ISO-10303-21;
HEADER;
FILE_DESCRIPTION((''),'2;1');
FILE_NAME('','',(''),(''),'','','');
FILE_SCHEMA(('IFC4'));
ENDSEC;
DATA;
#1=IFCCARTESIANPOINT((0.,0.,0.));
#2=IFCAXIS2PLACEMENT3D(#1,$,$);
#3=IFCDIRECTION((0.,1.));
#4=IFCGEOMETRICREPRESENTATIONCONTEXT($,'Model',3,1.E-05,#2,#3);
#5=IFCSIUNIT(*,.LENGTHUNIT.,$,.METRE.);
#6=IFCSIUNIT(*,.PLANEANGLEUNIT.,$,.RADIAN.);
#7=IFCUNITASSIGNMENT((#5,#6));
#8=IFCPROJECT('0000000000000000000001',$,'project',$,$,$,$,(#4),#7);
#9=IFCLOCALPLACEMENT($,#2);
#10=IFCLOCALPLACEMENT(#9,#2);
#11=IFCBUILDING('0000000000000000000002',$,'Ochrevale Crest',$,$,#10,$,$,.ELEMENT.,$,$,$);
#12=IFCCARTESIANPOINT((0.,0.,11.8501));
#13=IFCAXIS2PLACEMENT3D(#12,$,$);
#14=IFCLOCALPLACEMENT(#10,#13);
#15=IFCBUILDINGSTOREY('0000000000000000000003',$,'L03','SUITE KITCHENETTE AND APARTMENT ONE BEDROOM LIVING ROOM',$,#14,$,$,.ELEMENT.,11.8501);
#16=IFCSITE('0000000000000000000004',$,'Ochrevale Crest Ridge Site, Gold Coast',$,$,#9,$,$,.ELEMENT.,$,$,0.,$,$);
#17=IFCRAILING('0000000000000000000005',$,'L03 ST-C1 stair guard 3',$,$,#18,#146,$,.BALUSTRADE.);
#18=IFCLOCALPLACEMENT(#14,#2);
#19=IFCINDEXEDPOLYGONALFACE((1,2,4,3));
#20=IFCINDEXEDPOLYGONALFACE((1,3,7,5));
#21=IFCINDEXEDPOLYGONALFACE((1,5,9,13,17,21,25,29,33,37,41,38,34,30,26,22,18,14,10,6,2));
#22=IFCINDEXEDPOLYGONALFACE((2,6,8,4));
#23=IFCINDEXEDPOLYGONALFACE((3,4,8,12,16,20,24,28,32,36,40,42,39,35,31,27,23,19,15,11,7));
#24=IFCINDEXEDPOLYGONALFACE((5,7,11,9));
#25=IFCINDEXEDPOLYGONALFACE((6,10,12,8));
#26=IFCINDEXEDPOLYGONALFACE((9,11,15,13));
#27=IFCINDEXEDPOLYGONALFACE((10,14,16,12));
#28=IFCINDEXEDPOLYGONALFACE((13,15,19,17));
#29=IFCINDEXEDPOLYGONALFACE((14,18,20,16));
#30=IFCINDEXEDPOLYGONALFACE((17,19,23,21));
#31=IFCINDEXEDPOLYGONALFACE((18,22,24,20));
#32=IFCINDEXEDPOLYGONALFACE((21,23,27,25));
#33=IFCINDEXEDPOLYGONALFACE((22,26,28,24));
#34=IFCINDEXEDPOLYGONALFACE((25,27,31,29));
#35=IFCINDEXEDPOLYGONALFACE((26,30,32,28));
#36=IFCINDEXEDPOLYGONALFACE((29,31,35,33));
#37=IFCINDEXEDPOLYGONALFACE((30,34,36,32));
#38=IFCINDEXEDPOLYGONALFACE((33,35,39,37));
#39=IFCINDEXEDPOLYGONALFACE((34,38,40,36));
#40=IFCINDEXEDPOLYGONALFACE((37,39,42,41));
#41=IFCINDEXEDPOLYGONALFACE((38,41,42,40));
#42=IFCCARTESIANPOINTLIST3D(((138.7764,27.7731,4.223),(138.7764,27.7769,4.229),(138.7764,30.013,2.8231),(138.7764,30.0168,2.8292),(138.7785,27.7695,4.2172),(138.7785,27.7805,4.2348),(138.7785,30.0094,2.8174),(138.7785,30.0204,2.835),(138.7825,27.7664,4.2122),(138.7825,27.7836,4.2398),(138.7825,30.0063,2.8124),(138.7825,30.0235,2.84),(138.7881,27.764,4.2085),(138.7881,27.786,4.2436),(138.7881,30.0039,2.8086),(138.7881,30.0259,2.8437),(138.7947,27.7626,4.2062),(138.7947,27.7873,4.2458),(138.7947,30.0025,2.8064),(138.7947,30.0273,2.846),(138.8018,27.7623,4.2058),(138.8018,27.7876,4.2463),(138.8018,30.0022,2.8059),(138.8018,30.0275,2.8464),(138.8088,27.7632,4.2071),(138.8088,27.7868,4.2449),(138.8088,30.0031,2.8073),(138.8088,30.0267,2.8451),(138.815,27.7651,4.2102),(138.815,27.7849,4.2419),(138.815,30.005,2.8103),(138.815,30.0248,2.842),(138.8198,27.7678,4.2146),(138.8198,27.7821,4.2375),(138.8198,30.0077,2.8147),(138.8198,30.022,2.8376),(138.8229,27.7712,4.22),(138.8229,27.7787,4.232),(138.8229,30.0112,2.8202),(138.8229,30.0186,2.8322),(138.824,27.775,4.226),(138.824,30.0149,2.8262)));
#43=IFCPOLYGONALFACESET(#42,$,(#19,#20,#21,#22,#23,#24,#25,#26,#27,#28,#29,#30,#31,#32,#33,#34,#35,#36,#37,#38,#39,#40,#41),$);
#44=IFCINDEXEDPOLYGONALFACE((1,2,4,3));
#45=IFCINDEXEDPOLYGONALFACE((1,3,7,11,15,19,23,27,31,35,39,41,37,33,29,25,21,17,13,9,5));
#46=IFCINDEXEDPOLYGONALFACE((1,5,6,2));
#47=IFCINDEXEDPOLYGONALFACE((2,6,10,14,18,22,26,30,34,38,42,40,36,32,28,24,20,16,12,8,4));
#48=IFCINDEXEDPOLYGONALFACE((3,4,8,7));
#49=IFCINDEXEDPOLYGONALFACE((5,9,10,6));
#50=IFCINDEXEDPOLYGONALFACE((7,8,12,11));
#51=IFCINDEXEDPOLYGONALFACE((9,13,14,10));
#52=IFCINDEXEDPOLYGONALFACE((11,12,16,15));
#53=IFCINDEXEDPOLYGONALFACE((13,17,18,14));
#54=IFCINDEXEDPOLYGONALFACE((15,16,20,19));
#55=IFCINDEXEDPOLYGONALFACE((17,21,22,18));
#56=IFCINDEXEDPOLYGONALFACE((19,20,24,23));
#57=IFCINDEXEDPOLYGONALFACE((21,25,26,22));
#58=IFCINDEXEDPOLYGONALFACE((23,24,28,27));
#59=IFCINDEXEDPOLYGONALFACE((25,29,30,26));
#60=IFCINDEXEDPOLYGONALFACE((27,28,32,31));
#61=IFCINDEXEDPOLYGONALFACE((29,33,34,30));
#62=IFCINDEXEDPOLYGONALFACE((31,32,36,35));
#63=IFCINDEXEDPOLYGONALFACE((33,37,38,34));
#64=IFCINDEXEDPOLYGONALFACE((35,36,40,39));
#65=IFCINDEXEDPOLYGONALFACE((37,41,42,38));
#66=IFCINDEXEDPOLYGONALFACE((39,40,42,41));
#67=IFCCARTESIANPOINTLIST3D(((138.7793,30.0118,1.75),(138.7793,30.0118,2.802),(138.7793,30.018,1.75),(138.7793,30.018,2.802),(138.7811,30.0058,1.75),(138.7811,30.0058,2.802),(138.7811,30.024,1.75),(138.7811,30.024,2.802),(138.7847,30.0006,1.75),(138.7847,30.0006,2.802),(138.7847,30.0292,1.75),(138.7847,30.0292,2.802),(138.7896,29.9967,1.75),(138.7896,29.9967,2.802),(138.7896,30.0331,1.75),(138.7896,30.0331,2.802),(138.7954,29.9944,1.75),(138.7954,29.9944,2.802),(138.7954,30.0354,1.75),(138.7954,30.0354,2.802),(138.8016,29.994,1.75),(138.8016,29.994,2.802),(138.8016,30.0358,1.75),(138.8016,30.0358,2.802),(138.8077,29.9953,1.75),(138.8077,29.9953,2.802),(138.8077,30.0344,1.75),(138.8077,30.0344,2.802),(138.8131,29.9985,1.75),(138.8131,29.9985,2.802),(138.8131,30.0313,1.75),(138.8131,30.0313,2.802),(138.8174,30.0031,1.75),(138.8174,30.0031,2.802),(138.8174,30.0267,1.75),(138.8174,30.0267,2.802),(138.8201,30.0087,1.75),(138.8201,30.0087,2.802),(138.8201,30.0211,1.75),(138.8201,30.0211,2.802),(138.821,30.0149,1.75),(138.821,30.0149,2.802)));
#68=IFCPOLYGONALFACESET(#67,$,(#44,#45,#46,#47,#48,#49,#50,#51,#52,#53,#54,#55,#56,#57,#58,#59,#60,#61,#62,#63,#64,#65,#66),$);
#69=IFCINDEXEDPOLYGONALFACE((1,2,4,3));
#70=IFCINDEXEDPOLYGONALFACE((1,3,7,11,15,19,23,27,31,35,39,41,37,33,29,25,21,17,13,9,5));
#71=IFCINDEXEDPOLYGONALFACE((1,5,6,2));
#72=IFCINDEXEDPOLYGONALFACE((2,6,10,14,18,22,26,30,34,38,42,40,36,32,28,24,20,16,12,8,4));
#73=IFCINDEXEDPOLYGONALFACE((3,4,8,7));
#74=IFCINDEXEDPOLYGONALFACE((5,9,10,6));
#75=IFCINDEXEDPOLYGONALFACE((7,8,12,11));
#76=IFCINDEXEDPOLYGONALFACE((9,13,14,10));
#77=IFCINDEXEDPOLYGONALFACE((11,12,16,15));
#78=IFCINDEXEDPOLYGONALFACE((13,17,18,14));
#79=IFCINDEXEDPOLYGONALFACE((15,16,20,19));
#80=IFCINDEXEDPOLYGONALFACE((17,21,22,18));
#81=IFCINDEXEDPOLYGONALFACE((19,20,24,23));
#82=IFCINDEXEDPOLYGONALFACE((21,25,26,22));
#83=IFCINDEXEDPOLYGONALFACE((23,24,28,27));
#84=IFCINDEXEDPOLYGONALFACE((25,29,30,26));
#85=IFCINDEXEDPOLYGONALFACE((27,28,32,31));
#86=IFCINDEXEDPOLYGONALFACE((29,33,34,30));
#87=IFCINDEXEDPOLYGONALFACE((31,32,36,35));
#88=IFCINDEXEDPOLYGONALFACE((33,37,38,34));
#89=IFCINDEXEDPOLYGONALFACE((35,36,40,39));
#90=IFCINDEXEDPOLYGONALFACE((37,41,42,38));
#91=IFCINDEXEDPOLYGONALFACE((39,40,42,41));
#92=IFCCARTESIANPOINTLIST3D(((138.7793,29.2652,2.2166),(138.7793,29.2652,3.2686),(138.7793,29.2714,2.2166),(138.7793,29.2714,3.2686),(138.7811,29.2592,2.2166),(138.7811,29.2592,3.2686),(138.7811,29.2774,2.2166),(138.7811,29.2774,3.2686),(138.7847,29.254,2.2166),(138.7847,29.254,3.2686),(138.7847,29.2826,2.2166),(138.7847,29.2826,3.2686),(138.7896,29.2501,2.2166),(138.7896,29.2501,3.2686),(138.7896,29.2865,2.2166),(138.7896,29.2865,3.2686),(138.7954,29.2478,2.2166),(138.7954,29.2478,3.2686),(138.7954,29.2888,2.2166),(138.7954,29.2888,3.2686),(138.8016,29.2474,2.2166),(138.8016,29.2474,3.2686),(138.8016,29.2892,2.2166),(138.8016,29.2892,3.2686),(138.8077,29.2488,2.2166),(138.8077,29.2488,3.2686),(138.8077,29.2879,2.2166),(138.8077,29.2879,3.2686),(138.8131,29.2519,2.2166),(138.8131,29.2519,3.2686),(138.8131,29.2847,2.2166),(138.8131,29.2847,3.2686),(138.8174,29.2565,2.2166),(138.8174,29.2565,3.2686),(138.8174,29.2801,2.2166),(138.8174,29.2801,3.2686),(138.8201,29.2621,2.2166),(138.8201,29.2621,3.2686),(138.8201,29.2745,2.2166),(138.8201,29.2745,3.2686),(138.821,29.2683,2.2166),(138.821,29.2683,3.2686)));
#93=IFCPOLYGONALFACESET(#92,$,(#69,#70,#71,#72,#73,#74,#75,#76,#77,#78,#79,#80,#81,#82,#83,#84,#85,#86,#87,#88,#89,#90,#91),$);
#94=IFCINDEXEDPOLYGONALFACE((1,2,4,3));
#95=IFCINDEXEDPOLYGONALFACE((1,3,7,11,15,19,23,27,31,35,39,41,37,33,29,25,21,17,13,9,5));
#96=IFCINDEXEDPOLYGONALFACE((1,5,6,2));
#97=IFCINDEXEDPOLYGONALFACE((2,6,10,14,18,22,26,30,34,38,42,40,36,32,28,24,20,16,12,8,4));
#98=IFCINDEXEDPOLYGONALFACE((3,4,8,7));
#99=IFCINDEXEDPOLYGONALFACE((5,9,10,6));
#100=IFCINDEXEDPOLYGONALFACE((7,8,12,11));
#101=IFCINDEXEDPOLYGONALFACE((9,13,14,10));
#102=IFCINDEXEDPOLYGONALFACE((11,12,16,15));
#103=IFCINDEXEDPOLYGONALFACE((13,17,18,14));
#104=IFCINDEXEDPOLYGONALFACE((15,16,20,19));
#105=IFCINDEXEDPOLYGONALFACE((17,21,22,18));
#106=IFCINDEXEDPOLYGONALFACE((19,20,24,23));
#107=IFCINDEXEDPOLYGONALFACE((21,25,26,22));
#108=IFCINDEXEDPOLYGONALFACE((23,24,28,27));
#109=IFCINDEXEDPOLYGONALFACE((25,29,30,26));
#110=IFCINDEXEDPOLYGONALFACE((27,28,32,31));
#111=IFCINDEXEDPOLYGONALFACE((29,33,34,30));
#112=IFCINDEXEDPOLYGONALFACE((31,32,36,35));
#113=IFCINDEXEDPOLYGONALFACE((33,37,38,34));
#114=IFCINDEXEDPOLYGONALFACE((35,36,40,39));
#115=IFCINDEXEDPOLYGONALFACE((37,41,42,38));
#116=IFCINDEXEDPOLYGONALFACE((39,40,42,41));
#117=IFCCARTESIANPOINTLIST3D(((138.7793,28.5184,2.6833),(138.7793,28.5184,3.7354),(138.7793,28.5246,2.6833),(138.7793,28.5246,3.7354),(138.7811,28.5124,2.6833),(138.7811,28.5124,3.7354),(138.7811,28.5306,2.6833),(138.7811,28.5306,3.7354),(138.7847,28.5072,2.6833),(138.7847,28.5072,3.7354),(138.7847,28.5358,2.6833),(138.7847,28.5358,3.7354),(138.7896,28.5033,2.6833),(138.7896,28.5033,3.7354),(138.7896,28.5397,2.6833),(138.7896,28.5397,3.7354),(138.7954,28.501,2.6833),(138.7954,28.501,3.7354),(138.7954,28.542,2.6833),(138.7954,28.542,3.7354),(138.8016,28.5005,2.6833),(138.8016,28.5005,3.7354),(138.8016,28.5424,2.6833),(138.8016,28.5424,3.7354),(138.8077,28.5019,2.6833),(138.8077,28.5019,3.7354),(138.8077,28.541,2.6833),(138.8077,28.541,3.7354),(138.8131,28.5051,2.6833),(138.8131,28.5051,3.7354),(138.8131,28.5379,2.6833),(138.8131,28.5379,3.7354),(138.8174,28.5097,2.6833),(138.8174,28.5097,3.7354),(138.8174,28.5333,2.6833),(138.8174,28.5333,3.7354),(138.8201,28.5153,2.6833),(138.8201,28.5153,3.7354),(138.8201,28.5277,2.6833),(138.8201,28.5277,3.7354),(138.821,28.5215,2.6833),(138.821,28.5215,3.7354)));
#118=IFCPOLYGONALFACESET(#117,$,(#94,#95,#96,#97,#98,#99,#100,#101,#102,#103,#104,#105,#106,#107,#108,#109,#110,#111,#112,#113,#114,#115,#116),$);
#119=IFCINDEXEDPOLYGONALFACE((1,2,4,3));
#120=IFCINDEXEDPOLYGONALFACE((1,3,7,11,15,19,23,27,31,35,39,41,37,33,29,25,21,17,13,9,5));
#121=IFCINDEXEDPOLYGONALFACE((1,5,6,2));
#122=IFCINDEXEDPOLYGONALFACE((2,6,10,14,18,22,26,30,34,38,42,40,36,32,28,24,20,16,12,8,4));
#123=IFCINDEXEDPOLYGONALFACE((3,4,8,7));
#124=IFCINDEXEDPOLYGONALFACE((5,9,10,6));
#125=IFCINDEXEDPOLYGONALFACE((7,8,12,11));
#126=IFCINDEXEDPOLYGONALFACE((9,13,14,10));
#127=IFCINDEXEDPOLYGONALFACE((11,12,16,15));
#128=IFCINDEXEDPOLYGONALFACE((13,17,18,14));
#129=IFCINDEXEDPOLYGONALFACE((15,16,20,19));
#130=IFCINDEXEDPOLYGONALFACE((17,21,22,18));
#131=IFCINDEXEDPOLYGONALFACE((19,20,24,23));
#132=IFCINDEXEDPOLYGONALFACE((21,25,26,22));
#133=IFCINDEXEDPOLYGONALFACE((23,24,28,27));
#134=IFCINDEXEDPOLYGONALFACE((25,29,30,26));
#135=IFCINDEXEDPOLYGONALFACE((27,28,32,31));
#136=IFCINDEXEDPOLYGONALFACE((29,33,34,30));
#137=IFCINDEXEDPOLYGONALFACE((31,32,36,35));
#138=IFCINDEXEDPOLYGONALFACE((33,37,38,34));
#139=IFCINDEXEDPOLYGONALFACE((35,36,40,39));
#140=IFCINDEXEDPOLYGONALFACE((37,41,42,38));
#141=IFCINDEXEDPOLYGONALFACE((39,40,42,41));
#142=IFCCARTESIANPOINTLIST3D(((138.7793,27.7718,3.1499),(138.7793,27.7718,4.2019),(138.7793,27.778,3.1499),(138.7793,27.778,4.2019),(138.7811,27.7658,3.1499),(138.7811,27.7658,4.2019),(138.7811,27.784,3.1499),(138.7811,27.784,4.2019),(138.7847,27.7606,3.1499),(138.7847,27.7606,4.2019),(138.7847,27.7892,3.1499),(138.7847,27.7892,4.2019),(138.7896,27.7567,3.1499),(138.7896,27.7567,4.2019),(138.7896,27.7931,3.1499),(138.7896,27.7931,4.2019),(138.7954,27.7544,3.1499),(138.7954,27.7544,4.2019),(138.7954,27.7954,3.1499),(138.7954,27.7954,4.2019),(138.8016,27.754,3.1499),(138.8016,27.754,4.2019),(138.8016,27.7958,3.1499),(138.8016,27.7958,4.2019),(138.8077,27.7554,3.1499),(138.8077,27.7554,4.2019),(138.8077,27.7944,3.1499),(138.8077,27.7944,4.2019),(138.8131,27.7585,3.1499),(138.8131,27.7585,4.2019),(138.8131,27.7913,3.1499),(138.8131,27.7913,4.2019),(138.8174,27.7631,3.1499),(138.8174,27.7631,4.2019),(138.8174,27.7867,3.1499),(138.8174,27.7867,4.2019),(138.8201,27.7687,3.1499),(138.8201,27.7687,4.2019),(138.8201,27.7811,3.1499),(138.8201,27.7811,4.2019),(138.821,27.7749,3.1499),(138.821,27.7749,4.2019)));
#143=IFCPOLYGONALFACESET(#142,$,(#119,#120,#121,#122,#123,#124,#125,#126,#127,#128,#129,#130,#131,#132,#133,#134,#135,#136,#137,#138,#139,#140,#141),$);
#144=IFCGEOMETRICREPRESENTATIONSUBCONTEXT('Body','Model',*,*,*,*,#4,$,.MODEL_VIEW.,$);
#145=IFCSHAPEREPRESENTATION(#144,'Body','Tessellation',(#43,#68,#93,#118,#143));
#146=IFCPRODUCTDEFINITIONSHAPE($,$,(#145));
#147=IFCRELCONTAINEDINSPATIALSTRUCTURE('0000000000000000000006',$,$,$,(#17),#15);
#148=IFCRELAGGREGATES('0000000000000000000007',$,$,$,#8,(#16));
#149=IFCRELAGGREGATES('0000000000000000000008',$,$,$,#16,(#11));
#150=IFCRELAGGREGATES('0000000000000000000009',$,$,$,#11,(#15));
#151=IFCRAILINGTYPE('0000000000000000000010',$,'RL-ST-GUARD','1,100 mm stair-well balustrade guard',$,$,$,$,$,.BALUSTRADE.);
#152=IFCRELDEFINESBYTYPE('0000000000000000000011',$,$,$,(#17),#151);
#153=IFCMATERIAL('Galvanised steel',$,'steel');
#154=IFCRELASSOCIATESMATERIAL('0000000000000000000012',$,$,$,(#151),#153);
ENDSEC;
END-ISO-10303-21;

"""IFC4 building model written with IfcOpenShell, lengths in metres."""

from ifc_helpers import new_model, si_unit, direction, frame, origin, origin_2d, place, context, subcontext, project, spatial, circle, extrude, material, type_object, element, save


model = new_model("IFC4")

# Units and contexts
model_context = context("Model", 3, precision=1e-05, world=origin(), true_north=direction((0.0, 1.0)))
body_context = subcontext(model_context, "Body", "Model", "MODEL_VIEW")
ifc_project = project(units=[si_unit("LENGTHUNIT", "METRE"), si_unit("PLANEANGLEUNIT", "RADIAN")], contexts=[model_context])

# Site, building, storey
site_placement = place(None, origin())
site = spatial("IfcSite", under=ifc_project, at=site_placement, Name="Ochrevale Crest Ridge Site, Gold Coast", CompositionType="ELEMENT", RefElevation=0.0)
building_placement = place(site_placement, origin())
building = spatial("IfcBuilding", under=site, at=building_placement, Name="Ochrevale Crest", CompositionType="ELEMENT")
storey_placement = place(building_placement, frame((0.0, 0.0, 11.8501)))
storey = spatial("IfcBuildingStorey", under=building, at=storey_placement, Name="L03", Description="SUITE KITCHENETTE AND APARTMENT ONE BEDROOM LIVING ROOM", CompositionType="ELEMENT", Elevation=11.8501)

# Railing
ifc_material_1 = material(Name="Galvanised steel", Category="steel")
railing_type_1 = type_object("IfcRailingType", Name="RL-ST-GUARD", Description="1,100 mm stair-well balustrade guard", PredefinedType="BALUSTRADE", material=ifc_material_1)
railing_1_placement = place(storey_placement, frame((138.8, 30.0149, 1.75)))
element("IfcRailing", 1, at=railing_1_placement, inside=storey, type_object=railing_type_1, Name="L03 ST-C1 stair guard 3", PredefinedType="BALUSTRADE", context=body_context, shape_type="SweptSolid", body=[
    extrude(circle(Radius=0.0239, at=origin_2d()), frame((0.0, 0.0, 1.0762), z_axis=(0.0, -0.848014, 0.529974), x_axis=(1.0, 0.0, 0.0)), (0.0, 0.0, 1.0), 2.6414),
    extrude(circle(Radius=0.021, at=origin_2d()), origin(), (0.0, 0.0, 1.0), 1.052),
    extrude(circle(Radius=0.021, at=origin_2d()), frame((0.0, -0.7466, 0.4666)), (0.0, 0.0, 1.0), 1.052),
    extrude(circle(Radius=0.021, at=origin_2d()), frame((0.0, -1.4934, 0.9333)), (0.0, 0.0, 1.0), 1.052),
    extrude(circle(Radius=0.021, at=origin_2d()), frame((0.0, -2.24, 1.3999)), (0.0, 0.0, 1.0), 1.052),
])

save(model, "model.ifc")
